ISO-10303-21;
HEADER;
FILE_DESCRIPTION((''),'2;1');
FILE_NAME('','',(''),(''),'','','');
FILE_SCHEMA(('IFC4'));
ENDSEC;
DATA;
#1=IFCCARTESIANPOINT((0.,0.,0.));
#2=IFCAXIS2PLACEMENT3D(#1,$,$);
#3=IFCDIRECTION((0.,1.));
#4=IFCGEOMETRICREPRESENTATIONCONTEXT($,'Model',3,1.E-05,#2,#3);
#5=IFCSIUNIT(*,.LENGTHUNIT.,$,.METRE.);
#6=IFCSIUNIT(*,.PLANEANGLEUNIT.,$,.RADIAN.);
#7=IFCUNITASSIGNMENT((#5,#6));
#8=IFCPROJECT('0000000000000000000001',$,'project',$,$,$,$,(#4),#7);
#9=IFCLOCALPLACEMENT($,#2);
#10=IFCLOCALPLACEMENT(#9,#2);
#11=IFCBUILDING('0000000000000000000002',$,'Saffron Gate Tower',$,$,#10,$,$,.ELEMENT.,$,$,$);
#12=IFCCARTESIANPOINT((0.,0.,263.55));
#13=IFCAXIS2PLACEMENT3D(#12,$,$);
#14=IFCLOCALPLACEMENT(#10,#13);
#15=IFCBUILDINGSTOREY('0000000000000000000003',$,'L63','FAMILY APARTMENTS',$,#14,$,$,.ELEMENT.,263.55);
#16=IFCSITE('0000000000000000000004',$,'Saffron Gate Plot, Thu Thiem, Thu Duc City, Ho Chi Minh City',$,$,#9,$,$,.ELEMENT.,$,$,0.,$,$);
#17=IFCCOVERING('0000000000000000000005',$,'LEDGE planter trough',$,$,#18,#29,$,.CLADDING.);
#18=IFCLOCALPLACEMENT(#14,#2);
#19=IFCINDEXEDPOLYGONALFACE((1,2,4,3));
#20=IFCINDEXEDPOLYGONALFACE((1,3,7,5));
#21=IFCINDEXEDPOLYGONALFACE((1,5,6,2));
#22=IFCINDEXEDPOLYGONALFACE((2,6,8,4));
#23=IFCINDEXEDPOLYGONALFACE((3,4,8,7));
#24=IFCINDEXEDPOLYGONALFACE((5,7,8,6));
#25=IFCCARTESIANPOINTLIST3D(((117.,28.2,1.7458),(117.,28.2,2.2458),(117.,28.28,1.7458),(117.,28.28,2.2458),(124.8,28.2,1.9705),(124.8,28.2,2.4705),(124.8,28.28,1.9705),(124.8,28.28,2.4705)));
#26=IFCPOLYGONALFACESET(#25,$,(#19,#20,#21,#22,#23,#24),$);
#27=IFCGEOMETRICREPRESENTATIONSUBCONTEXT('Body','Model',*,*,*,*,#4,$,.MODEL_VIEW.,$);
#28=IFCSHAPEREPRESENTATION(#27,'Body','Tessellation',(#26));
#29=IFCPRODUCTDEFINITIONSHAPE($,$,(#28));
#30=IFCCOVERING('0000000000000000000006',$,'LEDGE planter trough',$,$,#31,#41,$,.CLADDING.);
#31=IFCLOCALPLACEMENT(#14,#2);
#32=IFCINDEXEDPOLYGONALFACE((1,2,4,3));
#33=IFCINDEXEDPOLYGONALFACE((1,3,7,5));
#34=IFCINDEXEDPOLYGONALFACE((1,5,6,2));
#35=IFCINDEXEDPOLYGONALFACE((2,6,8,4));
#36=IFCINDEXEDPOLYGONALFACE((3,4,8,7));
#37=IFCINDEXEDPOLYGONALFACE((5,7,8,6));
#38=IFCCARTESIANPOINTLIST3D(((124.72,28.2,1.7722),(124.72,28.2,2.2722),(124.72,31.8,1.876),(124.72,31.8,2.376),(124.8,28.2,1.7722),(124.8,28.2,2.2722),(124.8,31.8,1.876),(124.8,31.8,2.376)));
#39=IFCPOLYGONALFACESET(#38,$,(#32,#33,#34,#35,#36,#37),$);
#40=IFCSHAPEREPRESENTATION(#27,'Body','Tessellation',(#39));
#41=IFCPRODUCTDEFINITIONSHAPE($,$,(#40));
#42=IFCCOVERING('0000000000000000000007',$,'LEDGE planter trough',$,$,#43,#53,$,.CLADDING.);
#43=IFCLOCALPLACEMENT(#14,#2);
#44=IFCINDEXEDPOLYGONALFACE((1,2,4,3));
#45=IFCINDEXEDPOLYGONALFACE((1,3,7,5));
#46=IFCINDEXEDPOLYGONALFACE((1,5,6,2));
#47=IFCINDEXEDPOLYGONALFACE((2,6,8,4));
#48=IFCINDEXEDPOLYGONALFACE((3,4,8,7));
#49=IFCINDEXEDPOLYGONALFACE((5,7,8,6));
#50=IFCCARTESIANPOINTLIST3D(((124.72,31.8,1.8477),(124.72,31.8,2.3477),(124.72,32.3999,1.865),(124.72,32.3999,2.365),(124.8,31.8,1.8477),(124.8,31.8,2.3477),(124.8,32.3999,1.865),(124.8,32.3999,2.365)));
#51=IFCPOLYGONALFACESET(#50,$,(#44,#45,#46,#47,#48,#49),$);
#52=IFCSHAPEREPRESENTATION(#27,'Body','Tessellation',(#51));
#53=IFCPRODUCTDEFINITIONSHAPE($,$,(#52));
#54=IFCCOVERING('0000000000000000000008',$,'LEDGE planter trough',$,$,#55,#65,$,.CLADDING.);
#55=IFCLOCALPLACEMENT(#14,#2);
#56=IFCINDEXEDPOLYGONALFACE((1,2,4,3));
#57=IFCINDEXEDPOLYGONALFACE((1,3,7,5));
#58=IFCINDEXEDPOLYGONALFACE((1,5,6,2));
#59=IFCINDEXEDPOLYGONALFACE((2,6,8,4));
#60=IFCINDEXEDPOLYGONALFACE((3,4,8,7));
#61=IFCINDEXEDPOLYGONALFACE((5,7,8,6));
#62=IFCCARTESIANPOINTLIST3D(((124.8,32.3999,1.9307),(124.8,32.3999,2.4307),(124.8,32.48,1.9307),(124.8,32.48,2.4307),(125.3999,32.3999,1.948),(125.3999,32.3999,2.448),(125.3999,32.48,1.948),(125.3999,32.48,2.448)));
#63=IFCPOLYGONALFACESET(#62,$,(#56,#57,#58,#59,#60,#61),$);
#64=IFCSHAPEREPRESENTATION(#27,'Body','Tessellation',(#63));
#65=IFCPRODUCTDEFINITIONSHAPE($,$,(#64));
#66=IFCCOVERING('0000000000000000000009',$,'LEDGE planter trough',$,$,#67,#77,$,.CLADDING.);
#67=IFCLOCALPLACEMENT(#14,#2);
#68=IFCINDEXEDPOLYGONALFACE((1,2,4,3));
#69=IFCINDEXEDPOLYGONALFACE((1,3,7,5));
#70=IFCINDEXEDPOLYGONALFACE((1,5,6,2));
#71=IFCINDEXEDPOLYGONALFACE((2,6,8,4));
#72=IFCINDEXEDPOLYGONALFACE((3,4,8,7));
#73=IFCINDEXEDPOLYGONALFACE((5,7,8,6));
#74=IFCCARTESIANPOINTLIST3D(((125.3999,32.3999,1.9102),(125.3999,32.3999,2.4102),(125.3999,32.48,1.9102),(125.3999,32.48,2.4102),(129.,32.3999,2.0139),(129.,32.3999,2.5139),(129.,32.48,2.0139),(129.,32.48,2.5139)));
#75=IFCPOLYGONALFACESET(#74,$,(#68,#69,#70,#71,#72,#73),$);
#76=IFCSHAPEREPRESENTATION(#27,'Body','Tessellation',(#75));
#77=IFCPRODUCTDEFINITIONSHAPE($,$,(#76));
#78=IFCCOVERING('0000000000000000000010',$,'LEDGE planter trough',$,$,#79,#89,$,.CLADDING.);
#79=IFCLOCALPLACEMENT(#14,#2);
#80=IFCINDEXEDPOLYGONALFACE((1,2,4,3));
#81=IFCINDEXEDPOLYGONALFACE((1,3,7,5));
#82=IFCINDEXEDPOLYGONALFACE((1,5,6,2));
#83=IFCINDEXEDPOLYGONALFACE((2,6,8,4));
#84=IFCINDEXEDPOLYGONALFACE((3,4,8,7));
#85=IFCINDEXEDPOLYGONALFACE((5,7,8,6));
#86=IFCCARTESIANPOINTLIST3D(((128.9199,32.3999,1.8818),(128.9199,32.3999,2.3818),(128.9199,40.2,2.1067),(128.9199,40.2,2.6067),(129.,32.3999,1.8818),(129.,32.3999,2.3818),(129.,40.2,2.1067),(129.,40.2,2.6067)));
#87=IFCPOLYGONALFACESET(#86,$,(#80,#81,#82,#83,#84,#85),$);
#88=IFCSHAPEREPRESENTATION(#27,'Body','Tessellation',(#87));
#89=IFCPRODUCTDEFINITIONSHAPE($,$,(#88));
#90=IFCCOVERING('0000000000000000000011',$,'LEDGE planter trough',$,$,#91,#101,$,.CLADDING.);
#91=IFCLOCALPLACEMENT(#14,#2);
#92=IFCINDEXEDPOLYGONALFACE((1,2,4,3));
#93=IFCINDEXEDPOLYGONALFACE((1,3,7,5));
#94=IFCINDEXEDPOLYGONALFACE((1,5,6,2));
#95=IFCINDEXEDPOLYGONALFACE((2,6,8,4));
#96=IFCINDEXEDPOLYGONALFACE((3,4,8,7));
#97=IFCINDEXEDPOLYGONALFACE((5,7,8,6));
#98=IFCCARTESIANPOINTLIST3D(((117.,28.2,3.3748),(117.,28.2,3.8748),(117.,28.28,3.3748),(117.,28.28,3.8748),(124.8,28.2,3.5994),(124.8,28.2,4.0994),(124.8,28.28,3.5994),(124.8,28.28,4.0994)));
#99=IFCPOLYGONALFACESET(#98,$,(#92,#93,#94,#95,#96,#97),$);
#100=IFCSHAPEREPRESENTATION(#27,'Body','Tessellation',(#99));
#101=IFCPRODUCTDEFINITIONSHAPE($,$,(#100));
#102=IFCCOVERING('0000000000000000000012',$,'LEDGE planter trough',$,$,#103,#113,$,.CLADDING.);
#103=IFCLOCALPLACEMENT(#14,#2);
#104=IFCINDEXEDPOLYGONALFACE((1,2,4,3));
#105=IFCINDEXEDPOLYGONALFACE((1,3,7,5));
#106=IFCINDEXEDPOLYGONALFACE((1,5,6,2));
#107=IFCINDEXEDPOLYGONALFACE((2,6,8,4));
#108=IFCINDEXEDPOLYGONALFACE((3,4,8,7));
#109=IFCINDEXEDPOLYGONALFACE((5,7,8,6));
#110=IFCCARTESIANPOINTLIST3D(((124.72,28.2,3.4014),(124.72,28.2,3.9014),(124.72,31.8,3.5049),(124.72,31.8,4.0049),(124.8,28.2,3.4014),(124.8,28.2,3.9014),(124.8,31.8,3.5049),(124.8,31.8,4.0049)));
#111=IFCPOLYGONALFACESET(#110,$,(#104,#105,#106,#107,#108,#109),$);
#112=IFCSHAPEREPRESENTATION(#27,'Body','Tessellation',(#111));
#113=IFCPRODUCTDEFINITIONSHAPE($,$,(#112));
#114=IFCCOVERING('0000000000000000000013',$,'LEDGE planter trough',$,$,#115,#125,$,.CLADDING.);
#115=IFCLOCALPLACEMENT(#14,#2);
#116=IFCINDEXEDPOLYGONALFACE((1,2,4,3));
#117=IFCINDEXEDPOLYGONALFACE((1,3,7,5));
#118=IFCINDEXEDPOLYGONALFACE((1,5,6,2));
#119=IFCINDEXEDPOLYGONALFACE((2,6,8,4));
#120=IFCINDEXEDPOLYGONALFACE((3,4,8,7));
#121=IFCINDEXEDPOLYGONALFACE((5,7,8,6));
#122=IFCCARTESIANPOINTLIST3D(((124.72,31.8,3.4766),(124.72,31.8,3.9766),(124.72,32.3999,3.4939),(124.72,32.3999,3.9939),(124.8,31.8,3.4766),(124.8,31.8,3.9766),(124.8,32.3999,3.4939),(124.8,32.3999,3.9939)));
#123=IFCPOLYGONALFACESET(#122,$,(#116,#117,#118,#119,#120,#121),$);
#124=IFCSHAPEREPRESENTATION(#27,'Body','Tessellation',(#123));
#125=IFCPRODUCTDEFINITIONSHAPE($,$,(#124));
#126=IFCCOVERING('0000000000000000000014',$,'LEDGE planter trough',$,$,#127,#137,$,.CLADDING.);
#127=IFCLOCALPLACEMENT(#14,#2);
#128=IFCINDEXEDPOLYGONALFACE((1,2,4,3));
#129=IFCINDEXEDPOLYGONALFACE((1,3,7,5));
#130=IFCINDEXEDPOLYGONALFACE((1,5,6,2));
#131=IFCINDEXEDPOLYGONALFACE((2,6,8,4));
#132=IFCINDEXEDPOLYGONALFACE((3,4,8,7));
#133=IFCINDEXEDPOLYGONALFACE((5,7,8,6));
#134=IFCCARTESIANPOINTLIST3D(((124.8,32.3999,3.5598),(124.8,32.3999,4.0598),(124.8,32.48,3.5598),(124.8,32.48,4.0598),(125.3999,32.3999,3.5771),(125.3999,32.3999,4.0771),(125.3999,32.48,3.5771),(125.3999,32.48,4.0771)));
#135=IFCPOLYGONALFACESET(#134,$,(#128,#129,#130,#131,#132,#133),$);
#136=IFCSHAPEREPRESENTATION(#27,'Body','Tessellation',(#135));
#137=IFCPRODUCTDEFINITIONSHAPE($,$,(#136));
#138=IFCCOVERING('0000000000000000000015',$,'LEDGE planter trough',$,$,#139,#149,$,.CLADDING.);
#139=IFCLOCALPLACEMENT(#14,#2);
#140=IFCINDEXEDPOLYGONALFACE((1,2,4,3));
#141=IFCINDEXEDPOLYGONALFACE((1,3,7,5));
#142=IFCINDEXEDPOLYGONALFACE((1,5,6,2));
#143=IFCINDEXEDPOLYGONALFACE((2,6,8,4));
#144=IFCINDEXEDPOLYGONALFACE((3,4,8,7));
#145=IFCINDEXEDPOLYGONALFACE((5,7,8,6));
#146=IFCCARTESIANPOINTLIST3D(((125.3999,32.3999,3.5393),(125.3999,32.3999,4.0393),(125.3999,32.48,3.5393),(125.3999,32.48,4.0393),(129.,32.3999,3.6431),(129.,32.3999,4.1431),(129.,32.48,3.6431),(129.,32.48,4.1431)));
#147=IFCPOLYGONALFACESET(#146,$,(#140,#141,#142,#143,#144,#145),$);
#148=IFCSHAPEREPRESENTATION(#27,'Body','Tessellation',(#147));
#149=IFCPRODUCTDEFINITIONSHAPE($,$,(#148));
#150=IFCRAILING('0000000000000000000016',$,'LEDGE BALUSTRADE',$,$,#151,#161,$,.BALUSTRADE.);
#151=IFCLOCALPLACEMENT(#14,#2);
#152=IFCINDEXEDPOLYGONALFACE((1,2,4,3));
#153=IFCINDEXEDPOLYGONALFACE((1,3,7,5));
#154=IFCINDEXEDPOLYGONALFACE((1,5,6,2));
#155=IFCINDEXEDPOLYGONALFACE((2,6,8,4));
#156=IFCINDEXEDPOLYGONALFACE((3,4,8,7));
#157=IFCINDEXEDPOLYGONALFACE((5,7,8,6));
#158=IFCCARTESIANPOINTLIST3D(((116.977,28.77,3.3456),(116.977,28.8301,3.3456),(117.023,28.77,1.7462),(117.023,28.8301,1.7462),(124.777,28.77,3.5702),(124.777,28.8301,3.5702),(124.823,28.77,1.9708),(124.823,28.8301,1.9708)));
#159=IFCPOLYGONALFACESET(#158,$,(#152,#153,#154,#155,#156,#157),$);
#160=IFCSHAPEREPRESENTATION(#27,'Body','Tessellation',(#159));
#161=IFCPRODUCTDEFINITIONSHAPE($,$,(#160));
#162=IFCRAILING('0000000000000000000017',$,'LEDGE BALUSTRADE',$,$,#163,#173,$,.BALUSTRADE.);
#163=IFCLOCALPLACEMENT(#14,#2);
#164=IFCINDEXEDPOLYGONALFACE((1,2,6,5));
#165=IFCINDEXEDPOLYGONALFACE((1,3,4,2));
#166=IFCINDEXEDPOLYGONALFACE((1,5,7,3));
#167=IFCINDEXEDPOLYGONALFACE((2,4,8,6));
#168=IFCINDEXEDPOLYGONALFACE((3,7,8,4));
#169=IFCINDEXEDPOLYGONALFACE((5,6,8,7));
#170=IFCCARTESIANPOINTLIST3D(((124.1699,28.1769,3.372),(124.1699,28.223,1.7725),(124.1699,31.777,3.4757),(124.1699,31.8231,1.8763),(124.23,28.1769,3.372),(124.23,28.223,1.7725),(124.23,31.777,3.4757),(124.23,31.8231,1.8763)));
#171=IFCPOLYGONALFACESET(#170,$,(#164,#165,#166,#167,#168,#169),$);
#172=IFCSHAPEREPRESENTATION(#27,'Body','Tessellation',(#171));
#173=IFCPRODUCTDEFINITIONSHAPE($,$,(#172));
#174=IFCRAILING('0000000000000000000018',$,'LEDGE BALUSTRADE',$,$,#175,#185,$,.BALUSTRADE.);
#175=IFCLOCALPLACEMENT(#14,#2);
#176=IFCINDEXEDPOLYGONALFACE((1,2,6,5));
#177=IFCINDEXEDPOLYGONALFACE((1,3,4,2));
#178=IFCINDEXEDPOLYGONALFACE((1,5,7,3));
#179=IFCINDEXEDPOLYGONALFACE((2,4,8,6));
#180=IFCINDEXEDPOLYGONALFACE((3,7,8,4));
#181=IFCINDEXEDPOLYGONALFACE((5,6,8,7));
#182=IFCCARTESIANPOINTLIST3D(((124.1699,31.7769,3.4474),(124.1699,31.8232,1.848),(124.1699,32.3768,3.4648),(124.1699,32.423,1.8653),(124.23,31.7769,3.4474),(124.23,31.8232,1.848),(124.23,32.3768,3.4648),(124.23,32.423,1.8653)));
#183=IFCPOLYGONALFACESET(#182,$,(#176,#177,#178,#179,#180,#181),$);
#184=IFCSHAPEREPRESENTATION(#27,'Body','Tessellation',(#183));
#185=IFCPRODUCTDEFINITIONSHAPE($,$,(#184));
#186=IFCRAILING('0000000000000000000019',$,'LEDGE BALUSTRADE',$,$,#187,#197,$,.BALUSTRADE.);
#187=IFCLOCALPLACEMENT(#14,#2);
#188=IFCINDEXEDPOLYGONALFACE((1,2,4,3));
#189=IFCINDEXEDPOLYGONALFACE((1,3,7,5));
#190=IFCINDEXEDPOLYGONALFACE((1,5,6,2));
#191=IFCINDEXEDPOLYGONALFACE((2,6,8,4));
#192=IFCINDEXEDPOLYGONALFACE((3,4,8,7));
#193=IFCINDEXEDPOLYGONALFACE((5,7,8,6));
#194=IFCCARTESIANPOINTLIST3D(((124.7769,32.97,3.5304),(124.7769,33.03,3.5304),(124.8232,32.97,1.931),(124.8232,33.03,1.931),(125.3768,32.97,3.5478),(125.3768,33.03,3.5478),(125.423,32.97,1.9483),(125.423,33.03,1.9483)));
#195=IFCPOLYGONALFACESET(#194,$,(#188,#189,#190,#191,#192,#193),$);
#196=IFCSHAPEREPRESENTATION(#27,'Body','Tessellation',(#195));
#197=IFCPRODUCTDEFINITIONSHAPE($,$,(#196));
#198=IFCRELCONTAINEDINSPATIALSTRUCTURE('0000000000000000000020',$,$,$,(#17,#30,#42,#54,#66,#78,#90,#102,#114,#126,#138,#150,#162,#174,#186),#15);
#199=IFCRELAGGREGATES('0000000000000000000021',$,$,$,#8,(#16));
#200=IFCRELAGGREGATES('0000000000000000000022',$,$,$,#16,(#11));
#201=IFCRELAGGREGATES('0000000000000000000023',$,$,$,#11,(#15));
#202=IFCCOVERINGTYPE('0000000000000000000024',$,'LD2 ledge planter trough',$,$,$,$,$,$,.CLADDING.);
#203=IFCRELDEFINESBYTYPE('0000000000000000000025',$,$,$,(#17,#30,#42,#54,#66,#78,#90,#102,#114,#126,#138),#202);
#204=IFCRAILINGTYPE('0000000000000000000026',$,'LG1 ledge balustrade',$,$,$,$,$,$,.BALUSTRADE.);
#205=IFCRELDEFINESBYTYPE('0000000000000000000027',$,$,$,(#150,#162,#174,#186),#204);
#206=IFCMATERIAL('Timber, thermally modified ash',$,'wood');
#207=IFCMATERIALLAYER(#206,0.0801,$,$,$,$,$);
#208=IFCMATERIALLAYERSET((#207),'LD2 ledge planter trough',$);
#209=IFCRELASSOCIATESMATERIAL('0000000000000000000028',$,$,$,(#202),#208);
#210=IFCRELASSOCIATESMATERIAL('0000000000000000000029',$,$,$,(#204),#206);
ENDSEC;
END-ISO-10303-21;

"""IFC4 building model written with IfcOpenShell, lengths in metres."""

from ifc_helpers import new_model, si_unit, direction, frame, origin, origin_2d, place, context, subcontext, project, spatial, polyline, rectangle, outline, extrude, material, layer, layer_set, type_object, element, save


model = new_model("IFC4")

# Units and contexts
model_context = context("Model", 3, precision=1e-05, world=origin(), true_north=direction((0.0, 1.0)))
body_context = subcontext(model_context, "Body", "Model", "MODEL_VIEW")
ifc_project = project(units=[si_unit("LENGTHUNIT", "METRE"), si_unit("PLANEANGLEUNIT", "RADIAN")], contexts=[model_context])

# Site, building, storey
site_placement = place(None, origin())
site = spatial("IfcSite", under=ifc_project, at=site_placement, Name="Saffron Gate Plot, Thu Thiem, Thu Duc City, Ho Chi Minh City", CompositionType="ELEMENT", RefElevation=0.0)
building_placement = place(site_placement, origin())
building = spatial("IfcBuilding", under=site, at=building_placement, Name="Saffron Gate Tower", CompositionType="ELEMENT")
storey_placement = place(building_placement, frame((0.0, 0.0, 263.55)))
storey = spatial("IfcBuildingStorey", under=building, at=storey_placement, Name="L63", Description="FAMILY APARTMENTS", CompositionType="ELEMENT", Elevation=263.55)

# Coverings
ifc_material_1 = material(Name="Timber, thermally modified ash", Category="wood")
ifc_layer_1 = layer(ifc_material_1, 0.0801)
ifc_layer_set_1 = layer_set([ifc_layer_1], Name="LD2 ledge planter trough")
covering_type_1 = type_object("IfcCoveringType", Name="LD2 ledge planter trough", PredefinedType="CLADDING", material=ifc_layer_set_1)
covering_1_placement = place(storey_placement, frame((117.0, 28.2, 1.7458), z_axis=(0.0, -1.0, 0.0), x_axis=(0.999586, 0.0, 0.028784)))
element("IfcCovering", 1, at=covering_1_placement, inside=storey, type_object=covering_type_1, Name="LEDGE planter trough", PredefinedType="CLADDING", context=body_context, shape_type="SweptSolid", body=[
    extrude(outline(polyline([(0.0, 0.0), (7.8033, 0.0), (7.8177, 0.4998), (0.0144, 0.4998), (0.0, 0.0)])), origin(), (0.0, 0.0, -1.0), 0.0801),
])
covering_2_placement = place(storey_placement, frame((124.8, 28.2, 1.7722), z_axis=(1.0, 0.0, 0.0), x_axis=(0.0, 0.999585, 0.028809)))
element("IfcCovering", 2, at=covering_2_placement, inside=storey, type_object=covering_type_1, Name="LEDGE planter trough", PredefinedType="CLADDING", context=body_context, shape_type="SweptSolid", body=[
    extrude(outline(polyline([(0.0, 0.0), (3.6016, 0.0), (3.616, 0.4998), (0.0144, 0.4998), (0.0, 0.0)])), origin(), (0.0, 0.0, -1.0), 0.0801),
])
for number, where, z_axis, x_axis, name in (
    (3, (124.8, 31.8, 1.8477), (1.0, 0.0, 0.0), (0.0, 0.999583, 0.028885), "LEDGE planter trough"),
    (4, (124.8, 32.3999, 1.9307), (0.0, -1.0, 0.0), (0.999583, 0.0, 0.028885), "LEDGE planter trough"),
):
    element("IfcCovering", number, at=place(storey_placement, frame(where, z_axis=z_axis, x_axis=x_axis)), inside=storey, type_object=covering_type_1, Name=name, PredefinedType="CLADDING", context=body_context, shape_type="SweptSolid", body=[
        extrude(outline(polyline([(0.0, 0.0), (0.6001, 0.0), (0.6145, 0.4998), (0.0144, 0.4998), (0.0, 0.0)])), origin(), (0.0, 0.0, -1.0), 0.0801),
    ])
covering_3_placement = place(storey_placement, frame((125.3999, 32.3999, 1.9102), z_axis=(0.0, -1.0, 0.0), x_axis=(0.999585, 0.0, 0.028809)))
element("IfcCovering", 5, at=covering_3_placement, inside=storey, type_object=covering_type_1, Name="LEDGE planter trough", PredefinedType="CLADDING", context=body_context, shape_type="SweptSolid", body=[
    extrude(outline(polyline([(0.0, 0.0), (3.6016, 0.0), (3.616, 0.4998), (0.0144, 0.4998), (0.0, 0.0)])), origin(), (0.0, 0.0, -1.0), 0.0801),
])
covering_4_placement = place(storey_placement, frame((129.0, 32.3999, 1.8818), z_axis=(1.0, 0.0, 0.0), x_axis=(0.0, 0.999585, 0.028815)))
element("IfcCovering", 6, at=covering_4_placement, inside=storey, type_object=covering_type_1, Name="LEDGE planter trough", PredefinedType="CLADDING", context=body_context, shape_type="SweptSolid", body=[
    extrude(outline(polyline([(0.0, 0.0), (7.8033, 0.0), (7.8177, 0.4998), (0.0144, 0.4998), (0.0, 0.0)])), origin(), (0.0, 0.0, -1.0), 0.0801),
])
covering_5_placement = place(storey_placement, frame((117.0, 28.2, 3.3748), z_axis=(0.0, -1.0, 0.0), x_axis=(0.999586, 0.0, 0.028784)))
element("IfcCovering", 7, at=covering_5_placement, inside=storey, type_object=covering_type_1, Name="LEDGE planter trough", PredefinedType="CLADDING", context=body_context, shape_type="SweptSolid", body=[
    extrude(outline(polyline([(0.0, 0.0), (7.8033, 0.0), (7.8177, 0.4998), (0.0144, 0.4998), (0.0, 0.0)])), origin(), (0.0, 0.0, -1.0), 0.0801),
])
covering_6_placement = place(storey_placement, frame((124.8, 28.2, 3.4014), z_axis=(1.0, 0.0, 0.0), x_axis=(0.0, 0.999587, 0.028742)))
element("IfcCovering", 8, at=covering_6_placement, inside=storey, type_object=covering_type_1, Name="LEDGE planter trough", PredefinedType="CLADDING", context=body_context, shape_type="SweptSolid", body=[
    extrude(outline(polyline([(0.0, 0.0), (3.6016, 0.0), (3.616, 0.4998), (0.0144, 0.4998), (0.0, 0.0)])), origin(), (0.0, 0.0, -1.0), 0.0801),
])
for number, where, z_axis, x_axis, name in (
    (9, (124.8, 31.8, 3.4766), (1.0, 0.0, 0.0), (0.0, 0.999583, 0.028885), "LEDGE planter trough"),
    (10, (124.8, 32.3999, 3.5598), (0.0, -1.0, 0.0), (0.999583, 0.0, 0.028885), "LEDGE planter trough"),
):
    element("IfcCovering", number, at=place(storey_placement, frame(where, z_axis=z_axis, x_axis=x_axis)), inside=storey, type_object=covering_type_1, Name=name, PredefinedType="CLADDING", context=body_context, shape_type="SweptSolid", body=[
        extrude(outline(polyline([(0.0, 0.0), (0.6001, 0.0), (0.6145, 0.4998), (0.0144, 0.4998), (0.0, 0.0)])), origin(), (0.0, 0.0, -1.0), 0.0801),
    ])
covering_7_placement = place(storey_placement, frame((125.3999, 32.3999, 3.5393), z_axis=(0.0, -1.0, 0.0), x_axis=(0.999585, 0.0, 0.028809)))
element("IfcCovering", 11, at=covering_7_placement, inside=storey, type_object=covering_type_1, Name="LEDGE planter trough", PredefinedType="CLADDING", context=body_context, shape_type="SweptSolid", body=[
    extrude(outline(polyline([(0.0, 0.0), (3.6016, 0.0), (3.616, 0.4998), (0.0144, 0.4998), (0.0, 0.0)])), origin(), (0.0, 0.0, -1.0), 0.0801),
])

# Railings
railing_type = type_object("IfcRailingType", Name="LG1 ledge balustrade", PredefinedType="BALUSTRADE", material=ifc_material_1)
railing_1_placement = place(storey_placement, frame((117.0, 28.8, 1.7458)))
element("IfcRailing", 12, at=railing_1_placement, inside=storey, type_object=railing_type, Name="LEDGE BALUSTRADE", PredefinedType="BALUSTRADE", context=body_context, shape_type="SweptSolid", body=[
    extrude(rectangle(XDim=0.0601, YDim=1.6001, at=origin_2d()), frame((0.0, 0.0, 0.8), z_axis=(0.999586, 0.0, 0.028784), x_axis=(0.0, 1.0, 0.0)), (0.0, 0.0, 1.0), 7.8032),
])
railing_2_placement = place(storey_placement, frame((124.2, 28.2, 1.7722)))
element("IfcRailing", 13, at=railing_2_placement, inside=storey, type_object=railing_type, Name="LEDGE BALUSTRADE", PredefinedType="BALUSTRADE", context=body_context, shape_type="SweptSolid", body=[
    extrude(rectangle(XDim=0.0601, YDim=1.6001, at=origin_2d()), frame((0.0, 0.0, 0.8), z_axis=(0.0, 0.999585, 0.028809), x_axis=(-1.0, 0.0, 0.0)), (0.0, 0.0, 1.0), 3.6016),
])
railing_3_placement = place(storey_placement, frame((124.2, 31.8, 1.8477)))
element("IfcRailing", 14, at=railing_3_placement, inside=storey, type_object=railing_type, Name="LEDGE BALUSTRADE", PredefinedType="BALUSTRADE", context=body_context, shape_type="SweptSolid", body=[
    extrude(rectangle(XDim=0.0601, YDim=1.6001, at=origin_2d()), frame((0.0, 0.0, 0.8), z_axis=(0.0, 0.999583, 0.028885), x_axis=(-1.0, 0.0, 0.0)), (0.0, 0.0, 1.0), 0.6001),
])
railing_4_placement = place(storey_placement, frame((124.8, 33.0, 1.9307)))
element("IfcRailing", 15, at=railing_4_placement, inside=storey, type_object=railing_type, Name="LEDGE BALUSTRADE", PredefinedType="BALUSTRADE", context=body_context, shape_type="SweptSolid", body=[
    extrude(rectangle(XDim=0.0601, YDim=1.6001, at=origin_2d()), frame((0.0, 0.0, 0.8), z_axis=(0.999583, 0.0, 0.028885), x_axis=(0.0, 1.0, 0.0)), (0.0, 0.0, 1.0), 0.6001),
])

save(model, "model.ifc")
